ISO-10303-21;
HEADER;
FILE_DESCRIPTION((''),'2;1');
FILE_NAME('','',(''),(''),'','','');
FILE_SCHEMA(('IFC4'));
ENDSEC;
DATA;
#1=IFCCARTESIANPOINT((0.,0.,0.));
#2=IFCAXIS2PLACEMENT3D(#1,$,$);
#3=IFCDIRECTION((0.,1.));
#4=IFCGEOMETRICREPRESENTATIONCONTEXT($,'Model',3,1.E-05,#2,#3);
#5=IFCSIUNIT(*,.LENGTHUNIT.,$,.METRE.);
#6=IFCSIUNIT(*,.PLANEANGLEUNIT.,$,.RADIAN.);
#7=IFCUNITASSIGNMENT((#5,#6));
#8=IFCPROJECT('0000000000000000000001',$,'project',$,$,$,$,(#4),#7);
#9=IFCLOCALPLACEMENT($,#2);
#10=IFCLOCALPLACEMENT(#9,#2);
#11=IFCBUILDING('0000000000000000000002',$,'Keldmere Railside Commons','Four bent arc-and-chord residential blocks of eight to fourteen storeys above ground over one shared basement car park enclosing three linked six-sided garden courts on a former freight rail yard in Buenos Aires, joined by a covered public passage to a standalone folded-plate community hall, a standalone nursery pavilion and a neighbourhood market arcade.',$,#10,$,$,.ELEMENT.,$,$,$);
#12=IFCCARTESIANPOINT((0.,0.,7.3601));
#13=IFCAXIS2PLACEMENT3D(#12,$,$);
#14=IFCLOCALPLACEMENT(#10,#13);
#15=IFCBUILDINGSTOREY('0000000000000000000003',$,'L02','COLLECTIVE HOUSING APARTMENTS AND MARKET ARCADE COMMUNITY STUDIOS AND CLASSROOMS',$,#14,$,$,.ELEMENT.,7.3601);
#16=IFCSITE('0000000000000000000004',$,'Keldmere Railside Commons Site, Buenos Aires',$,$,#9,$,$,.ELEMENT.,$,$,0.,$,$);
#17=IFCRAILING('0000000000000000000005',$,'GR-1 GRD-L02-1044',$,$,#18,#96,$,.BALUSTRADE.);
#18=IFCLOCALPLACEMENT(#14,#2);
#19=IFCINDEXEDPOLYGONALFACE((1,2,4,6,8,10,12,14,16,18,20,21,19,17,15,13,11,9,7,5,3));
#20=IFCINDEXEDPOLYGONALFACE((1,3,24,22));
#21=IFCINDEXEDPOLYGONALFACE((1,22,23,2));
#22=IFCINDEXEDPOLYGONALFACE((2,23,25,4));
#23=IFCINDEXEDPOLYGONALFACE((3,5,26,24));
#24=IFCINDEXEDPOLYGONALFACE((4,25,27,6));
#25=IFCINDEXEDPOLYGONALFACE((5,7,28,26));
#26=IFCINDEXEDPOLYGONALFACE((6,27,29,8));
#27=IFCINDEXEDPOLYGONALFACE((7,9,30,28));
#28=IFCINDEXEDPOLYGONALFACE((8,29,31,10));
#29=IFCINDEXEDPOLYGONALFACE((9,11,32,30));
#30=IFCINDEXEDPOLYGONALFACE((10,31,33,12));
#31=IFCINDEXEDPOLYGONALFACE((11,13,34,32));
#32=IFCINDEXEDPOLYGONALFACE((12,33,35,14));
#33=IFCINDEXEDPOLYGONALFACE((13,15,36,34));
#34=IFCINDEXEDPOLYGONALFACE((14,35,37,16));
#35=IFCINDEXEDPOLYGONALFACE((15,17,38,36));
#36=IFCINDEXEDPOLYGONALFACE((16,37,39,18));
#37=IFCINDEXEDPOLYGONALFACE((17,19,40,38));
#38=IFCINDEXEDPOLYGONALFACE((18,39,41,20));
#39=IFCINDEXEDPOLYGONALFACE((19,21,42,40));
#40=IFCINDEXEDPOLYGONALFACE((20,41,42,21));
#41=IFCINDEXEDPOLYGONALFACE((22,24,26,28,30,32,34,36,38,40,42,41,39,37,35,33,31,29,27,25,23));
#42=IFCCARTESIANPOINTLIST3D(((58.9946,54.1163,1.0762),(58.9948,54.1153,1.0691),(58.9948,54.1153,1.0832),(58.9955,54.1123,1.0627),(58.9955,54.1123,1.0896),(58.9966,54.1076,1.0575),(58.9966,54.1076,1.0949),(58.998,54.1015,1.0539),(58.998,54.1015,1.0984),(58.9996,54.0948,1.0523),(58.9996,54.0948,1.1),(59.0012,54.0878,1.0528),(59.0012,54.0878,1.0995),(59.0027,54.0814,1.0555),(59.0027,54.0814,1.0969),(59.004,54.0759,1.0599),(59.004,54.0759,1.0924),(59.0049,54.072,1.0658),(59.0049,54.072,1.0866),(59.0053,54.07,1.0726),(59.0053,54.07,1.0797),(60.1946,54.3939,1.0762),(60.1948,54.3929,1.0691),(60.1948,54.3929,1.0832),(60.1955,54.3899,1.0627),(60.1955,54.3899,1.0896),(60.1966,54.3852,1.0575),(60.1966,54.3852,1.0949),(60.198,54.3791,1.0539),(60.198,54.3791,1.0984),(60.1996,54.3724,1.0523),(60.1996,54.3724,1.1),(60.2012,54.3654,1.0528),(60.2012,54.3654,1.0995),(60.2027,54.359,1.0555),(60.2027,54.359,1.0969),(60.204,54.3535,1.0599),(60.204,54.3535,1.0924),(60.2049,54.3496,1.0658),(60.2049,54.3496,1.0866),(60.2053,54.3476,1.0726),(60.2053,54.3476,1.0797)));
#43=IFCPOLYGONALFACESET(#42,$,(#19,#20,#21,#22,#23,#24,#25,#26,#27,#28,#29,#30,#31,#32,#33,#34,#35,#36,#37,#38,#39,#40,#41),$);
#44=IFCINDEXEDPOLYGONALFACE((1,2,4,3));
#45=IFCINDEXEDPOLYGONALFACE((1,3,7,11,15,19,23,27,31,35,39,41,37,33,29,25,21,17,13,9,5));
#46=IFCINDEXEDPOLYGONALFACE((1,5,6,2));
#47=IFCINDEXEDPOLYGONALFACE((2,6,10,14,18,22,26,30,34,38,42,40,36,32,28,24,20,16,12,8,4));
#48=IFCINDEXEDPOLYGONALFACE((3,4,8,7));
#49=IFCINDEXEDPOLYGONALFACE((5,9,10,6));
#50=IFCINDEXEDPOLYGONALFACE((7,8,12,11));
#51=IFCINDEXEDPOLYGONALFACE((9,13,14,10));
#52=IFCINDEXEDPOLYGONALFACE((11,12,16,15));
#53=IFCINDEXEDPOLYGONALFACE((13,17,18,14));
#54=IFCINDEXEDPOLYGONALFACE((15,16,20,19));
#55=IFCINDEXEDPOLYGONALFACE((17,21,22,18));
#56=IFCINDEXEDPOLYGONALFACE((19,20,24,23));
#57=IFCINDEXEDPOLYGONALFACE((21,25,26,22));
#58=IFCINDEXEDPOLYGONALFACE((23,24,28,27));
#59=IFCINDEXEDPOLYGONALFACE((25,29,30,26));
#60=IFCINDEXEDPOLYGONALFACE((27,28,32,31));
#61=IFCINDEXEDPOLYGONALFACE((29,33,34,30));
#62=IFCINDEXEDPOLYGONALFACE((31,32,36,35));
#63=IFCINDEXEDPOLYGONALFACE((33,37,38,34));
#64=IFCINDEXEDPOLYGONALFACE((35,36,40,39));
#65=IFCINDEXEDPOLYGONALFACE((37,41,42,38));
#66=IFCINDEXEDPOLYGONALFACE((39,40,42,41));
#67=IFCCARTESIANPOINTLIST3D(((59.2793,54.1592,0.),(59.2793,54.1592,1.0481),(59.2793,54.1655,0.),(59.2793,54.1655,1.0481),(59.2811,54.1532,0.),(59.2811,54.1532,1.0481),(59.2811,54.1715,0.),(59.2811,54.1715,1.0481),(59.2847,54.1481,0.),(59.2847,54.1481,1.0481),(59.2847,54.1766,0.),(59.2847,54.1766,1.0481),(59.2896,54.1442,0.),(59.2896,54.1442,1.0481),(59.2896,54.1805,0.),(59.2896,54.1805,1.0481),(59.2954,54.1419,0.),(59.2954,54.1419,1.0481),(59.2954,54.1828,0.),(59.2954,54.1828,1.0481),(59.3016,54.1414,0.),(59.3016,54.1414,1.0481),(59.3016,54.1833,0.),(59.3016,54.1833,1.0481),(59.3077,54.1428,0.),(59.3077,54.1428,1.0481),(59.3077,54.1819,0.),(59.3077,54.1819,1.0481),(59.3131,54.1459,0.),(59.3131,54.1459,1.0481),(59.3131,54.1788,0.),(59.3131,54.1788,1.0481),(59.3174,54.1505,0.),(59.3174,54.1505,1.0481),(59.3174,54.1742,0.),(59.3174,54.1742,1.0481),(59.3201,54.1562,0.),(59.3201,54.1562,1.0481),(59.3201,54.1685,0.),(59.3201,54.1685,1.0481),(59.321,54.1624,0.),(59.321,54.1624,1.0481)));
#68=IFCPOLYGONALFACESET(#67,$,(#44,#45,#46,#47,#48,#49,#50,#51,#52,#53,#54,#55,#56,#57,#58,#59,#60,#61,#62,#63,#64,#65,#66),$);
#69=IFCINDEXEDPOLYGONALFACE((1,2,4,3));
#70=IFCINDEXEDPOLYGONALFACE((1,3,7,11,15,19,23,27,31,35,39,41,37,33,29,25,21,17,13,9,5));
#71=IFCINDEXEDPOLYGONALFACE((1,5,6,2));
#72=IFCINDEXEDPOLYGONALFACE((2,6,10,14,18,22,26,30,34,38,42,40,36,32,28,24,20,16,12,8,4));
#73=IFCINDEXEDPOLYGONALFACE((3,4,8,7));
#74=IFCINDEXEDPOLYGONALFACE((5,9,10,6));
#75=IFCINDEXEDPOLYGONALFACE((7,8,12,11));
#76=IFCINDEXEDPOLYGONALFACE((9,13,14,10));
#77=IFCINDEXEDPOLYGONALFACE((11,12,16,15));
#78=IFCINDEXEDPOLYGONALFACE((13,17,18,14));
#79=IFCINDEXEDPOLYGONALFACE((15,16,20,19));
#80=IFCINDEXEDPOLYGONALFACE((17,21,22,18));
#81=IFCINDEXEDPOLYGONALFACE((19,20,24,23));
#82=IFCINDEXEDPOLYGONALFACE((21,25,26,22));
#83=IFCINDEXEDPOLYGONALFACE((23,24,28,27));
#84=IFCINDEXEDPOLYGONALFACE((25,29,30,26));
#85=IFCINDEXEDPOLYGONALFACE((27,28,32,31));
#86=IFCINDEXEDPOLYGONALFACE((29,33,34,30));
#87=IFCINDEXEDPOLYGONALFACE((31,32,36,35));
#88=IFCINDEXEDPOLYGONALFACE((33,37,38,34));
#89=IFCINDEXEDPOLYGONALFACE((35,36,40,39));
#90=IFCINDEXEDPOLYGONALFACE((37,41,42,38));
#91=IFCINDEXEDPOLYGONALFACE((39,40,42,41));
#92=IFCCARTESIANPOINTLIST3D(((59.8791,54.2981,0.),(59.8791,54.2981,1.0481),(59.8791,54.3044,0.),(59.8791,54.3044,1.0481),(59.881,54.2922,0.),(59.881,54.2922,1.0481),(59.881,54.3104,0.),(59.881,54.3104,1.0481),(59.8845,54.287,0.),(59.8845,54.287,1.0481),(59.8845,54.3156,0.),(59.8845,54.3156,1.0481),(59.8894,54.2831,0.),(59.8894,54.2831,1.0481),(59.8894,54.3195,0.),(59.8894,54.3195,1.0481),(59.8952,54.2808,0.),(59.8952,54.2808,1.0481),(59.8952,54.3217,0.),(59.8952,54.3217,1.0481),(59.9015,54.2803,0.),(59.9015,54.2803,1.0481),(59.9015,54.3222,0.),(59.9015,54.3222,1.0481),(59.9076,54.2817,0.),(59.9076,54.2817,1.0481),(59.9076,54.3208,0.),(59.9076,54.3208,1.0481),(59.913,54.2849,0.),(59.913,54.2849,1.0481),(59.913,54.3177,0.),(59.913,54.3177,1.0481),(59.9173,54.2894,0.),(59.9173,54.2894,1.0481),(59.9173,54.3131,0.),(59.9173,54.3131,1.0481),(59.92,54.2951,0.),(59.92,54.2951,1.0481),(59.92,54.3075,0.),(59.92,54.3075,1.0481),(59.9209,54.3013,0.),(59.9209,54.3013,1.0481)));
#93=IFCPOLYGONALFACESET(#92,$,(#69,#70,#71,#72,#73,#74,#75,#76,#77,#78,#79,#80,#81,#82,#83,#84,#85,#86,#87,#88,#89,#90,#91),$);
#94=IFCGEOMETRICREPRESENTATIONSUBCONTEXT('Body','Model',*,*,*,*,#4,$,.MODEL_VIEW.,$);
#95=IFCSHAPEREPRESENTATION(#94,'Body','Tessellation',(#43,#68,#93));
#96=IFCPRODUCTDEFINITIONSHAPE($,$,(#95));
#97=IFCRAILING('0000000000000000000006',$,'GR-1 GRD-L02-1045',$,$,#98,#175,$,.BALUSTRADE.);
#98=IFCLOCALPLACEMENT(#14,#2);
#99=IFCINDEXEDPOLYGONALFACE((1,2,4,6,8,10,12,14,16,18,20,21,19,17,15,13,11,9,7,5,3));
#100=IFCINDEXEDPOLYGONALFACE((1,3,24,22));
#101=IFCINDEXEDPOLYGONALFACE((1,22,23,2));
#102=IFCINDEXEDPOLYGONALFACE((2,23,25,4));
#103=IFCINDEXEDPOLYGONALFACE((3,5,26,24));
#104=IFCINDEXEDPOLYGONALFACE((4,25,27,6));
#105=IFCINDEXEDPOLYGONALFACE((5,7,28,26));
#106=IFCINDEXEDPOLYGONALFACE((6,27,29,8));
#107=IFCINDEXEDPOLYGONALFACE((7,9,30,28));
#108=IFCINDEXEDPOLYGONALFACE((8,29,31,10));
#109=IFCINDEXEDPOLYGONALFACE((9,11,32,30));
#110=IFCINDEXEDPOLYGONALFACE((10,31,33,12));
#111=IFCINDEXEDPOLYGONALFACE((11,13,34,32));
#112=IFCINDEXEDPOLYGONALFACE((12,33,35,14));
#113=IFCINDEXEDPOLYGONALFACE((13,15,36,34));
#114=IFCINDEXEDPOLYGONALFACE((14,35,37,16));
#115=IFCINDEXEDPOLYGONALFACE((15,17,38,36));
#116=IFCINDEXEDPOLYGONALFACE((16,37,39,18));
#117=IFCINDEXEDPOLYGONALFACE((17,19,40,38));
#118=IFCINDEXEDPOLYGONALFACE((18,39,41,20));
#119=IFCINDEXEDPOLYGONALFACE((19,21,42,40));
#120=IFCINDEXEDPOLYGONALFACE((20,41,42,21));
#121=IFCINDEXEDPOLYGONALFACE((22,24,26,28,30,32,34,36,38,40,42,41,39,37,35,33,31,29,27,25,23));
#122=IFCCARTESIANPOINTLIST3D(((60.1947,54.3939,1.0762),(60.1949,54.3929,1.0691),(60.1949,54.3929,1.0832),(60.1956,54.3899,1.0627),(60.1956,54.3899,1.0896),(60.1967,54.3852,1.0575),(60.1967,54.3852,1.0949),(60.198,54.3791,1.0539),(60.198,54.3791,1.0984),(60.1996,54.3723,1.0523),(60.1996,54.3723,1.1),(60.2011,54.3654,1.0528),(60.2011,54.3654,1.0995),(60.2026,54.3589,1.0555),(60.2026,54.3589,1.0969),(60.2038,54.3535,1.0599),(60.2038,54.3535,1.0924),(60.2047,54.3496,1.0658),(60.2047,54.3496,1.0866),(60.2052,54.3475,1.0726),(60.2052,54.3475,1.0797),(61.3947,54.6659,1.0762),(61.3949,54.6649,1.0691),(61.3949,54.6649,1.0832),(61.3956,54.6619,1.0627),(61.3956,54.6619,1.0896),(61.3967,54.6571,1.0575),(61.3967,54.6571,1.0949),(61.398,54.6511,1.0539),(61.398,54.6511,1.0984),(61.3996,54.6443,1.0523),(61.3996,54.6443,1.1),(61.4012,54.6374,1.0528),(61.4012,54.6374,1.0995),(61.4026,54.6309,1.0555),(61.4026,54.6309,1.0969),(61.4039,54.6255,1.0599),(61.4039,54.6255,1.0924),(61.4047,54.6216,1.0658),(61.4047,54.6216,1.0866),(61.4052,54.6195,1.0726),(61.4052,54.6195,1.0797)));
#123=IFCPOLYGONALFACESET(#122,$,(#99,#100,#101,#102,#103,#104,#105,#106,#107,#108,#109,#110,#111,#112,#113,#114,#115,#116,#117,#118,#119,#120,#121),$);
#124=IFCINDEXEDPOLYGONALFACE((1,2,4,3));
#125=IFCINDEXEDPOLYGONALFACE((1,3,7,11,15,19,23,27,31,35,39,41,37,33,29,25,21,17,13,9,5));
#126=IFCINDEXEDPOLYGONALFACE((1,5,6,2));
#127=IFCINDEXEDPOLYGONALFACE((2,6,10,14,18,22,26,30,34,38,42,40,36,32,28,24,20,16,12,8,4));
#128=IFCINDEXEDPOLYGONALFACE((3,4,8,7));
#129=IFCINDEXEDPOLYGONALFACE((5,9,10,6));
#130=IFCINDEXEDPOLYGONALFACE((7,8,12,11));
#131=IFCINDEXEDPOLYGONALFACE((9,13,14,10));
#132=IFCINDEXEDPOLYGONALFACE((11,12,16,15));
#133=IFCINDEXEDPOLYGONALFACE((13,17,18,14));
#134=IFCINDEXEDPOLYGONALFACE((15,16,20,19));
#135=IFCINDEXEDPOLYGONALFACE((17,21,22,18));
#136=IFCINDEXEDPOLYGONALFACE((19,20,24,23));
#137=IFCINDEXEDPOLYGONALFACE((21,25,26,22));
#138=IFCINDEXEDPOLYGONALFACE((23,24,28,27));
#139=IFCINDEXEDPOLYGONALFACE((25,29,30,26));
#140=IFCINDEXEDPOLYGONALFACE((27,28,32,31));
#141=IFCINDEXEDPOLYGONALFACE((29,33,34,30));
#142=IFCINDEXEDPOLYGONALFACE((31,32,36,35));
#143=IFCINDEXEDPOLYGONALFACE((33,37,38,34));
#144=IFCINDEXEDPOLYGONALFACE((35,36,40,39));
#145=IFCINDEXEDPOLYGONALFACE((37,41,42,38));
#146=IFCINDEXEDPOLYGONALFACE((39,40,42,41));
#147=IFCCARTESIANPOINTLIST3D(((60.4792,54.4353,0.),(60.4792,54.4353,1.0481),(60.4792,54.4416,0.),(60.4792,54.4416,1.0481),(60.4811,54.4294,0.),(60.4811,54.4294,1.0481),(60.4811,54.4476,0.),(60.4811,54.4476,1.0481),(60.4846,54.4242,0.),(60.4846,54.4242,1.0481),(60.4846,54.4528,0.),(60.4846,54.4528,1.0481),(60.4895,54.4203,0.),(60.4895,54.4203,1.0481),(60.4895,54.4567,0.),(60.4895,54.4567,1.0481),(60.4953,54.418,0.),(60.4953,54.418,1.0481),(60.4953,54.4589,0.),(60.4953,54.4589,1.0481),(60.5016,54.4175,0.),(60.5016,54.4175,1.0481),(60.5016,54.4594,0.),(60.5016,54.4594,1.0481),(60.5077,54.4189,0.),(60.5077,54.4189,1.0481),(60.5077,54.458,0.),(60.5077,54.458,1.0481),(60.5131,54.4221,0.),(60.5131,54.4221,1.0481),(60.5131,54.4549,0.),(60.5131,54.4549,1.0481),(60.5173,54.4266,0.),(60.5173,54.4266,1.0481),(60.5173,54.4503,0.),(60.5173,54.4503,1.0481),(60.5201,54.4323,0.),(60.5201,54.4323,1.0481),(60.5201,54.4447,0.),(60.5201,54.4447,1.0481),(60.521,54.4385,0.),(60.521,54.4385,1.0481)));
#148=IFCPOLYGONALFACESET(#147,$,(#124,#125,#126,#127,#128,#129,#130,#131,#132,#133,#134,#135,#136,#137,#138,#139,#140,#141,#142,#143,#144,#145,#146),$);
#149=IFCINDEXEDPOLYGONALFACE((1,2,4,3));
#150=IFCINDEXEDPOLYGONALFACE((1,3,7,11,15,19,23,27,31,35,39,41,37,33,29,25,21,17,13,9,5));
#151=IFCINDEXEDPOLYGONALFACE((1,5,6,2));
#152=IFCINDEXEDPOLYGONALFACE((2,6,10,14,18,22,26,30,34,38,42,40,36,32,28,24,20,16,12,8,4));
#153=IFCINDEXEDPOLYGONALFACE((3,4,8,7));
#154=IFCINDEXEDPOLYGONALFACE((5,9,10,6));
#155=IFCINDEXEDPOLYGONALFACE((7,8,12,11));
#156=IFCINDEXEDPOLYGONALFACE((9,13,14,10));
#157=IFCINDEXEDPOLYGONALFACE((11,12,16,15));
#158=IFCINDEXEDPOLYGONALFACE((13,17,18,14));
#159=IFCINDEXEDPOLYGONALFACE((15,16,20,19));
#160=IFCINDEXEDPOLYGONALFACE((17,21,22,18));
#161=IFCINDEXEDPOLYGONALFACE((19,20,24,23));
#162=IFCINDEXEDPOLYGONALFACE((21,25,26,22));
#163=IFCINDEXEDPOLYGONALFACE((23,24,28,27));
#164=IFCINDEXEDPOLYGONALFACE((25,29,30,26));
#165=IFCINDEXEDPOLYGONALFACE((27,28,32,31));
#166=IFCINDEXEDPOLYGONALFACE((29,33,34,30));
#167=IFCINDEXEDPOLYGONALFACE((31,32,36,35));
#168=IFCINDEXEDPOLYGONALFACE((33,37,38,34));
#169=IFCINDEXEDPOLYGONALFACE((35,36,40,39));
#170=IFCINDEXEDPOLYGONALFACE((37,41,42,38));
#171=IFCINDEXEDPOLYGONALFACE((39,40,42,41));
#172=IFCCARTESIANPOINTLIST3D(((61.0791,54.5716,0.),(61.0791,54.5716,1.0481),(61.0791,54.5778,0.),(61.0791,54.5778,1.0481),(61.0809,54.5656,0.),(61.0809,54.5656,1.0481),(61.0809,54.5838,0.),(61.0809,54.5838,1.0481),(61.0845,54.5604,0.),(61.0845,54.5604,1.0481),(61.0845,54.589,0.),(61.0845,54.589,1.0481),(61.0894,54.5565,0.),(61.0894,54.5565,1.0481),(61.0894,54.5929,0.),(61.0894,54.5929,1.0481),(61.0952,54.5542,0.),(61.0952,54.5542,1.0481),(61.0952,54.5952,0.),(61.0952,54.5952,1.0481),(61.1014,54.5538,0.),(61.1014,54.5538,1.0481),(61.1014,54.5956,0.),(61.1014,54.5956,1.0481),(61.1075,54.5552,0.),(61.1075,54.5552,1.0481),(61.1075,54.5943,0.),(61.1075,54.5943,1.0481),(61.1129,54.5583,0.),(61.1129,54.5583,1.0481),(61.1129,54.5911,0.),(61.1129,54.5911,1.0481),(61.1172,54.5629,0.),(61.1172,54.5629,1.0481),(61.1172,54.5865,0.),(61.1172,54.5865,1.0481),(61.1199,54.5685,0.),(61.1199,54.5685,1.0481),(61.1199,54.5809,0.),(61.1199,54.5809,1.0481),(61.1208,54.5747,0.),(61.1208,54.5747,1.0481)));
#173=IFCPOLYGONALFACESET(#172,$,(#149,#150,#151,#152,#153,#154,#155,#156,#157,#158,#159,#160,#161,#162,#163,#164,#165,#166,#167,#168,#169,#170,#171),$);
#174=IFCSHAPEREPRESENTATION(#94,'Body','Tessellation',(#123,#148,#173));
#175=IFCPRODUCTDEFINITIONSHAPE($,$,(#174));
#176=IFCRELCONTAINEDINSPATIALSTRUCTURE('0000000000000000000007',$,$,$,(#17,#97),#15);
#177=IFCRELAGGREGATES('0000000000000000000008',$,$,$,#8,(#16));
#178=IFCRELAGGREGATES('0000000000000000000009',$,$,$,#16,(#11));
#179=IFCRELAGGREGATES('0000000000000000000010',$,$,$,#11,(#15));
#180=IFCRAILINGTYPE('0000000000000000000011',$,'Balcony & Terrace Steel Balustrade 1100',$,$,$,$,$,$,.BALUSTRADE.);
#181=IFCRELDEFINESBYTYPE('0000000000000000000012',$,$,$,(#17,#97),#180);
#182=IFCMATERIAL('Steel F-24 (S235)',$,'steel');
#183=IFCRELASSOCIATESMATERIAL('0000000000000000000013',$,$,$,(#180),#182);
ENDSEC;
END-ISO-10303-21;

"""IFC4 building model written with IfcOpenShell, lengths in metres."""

from ifc_helpers import new_model, si_unit, direction, frame, origin, origin_2d, place, context, subcontext, project, spatial, circle, extrude, material, type_object, element, save


model = new_model("IFC4")

# Units and contexts
model_context = context("Model", 3, precision=1e-05, world=origin(), true_north=direction((0.0, 1.0)))
body_context = subcontext(model_context, "Body", "Model", "MODEL_VIEW")
ifc_project = project(units=[si_unit("LENGTHUNIT", "METRE"), si_unit("PLANEANGLEUNIT", "RADIAN")], contexts=[model_context])

# Site, building, storey
site_placement = place(None, origin())
site = spatial("IfcSite", under=ifc_project, at=site_placement, Name="Keldmere Railside Commons Site, Buenos Aires", CompositionType="ELEMENT", RefElevation=0.0)
building_placement = place(site_placement, origin())
building = spatial("IfcBuilding", under=site, at=building_placement, Name="Keldmere Railside Commons", Description="Four bent arc-and-chord residential blocks of eight to fourteen storeys above ground over one shared basement car park enclosing three linked six-sided garden courts on a former freight rail yard in Buenos Aires, joined by a covered public passage to a standalone folded-plate community hall, a standalone nursery pavilion and a neighbourhood market arcade.", CompositionType="ELEMENT")
storey_placement = place(building_placement, frame((0.0, 0.0, 7.3601)))
storey = spatial("IfcBuildingStorey", under=building, at=storey_placement, Name="L02", Description="COLLECTIVE HOUSING APARTMENTS AND MARKET ARCADE COMMUNITY STUDIOS AND CLASSROOMS", CompositionType="ELEMENT", Elevation=7.3601)

# Railings
ifc_material_1 = material(Name="Steel F-24 (S235)", Category="steel")
railing_type = type_object("IfcRailingType", Name="Balcony & Terrace Steel Balustrade 1100", PredefinedType="BALUSTRADE", material=ifc_material_1)
railing_1_placement = place(storey_placement, frame((59.0, 54.093, 0.0)))
element("IfcRailing", 1, at=railing_1_placement, inside=storey, type_object=railing_type, Name="GR-1 GRD-L02-1044", PredefinedType="BALUSTRADE", context=body_context, shape_type="SweptSolid", body=[
    extrude(circle(Radius=0.0239, at=origin_2d()), frame((0.0, 0.0, 1.0762), z_axis=(0.974271, 0.225381, 0.0), x_axis=(-0.225381, 0.974271, 0.0)), (0.0, 0.0, 1.0), 1.2317),
    extrude(circle(Radius=0.021, at=origin_2d()), frame((0.3, 0.0693, 0.0)), (0.0, 0.0, 1.0), 1.0481),
    extrude(circle(Radius=0.021, at=origin_2d()), frame((0.8999, 0.2083, 0.0)), (0.0, 0.0, 1.0), 1.0481),
])
railing_2_placement = place(storey_placement, frame((60.2, 54.3706, 0.0)))
element("IfcRailing", 2, at=railing_2_placement, inside=storey, type_object=railing_type, Name="GR-1 GRD-L02-1045", PredefinedType="BALUSTRADE", context=body_context, shape_type="SweptSolid", body=[
    extrude(circle(Radius=0.0239, at=origin_2d()), frame((0.0, 0.0, 1.0762), z_axis=(0.975263, 0.221046, 0.0), x_axis=(-0.221046, 0.975263, 0.0)), (0.0, 0.0, 1.0), 1.2305),
    extrude(circle(Radius=0.021, at=origin_2d()), frame((0.3, 0.0679, 0.0)), (0.0, 0.0, 1.0), 1.0481),
    extrude(circle(Radius=0.021, at=origin_2d()), frame((0.8999, 0.2041, 0.0)), (0.0, 0.0, 1.0), 1.0481),
])

save(model, "model.ifc")
